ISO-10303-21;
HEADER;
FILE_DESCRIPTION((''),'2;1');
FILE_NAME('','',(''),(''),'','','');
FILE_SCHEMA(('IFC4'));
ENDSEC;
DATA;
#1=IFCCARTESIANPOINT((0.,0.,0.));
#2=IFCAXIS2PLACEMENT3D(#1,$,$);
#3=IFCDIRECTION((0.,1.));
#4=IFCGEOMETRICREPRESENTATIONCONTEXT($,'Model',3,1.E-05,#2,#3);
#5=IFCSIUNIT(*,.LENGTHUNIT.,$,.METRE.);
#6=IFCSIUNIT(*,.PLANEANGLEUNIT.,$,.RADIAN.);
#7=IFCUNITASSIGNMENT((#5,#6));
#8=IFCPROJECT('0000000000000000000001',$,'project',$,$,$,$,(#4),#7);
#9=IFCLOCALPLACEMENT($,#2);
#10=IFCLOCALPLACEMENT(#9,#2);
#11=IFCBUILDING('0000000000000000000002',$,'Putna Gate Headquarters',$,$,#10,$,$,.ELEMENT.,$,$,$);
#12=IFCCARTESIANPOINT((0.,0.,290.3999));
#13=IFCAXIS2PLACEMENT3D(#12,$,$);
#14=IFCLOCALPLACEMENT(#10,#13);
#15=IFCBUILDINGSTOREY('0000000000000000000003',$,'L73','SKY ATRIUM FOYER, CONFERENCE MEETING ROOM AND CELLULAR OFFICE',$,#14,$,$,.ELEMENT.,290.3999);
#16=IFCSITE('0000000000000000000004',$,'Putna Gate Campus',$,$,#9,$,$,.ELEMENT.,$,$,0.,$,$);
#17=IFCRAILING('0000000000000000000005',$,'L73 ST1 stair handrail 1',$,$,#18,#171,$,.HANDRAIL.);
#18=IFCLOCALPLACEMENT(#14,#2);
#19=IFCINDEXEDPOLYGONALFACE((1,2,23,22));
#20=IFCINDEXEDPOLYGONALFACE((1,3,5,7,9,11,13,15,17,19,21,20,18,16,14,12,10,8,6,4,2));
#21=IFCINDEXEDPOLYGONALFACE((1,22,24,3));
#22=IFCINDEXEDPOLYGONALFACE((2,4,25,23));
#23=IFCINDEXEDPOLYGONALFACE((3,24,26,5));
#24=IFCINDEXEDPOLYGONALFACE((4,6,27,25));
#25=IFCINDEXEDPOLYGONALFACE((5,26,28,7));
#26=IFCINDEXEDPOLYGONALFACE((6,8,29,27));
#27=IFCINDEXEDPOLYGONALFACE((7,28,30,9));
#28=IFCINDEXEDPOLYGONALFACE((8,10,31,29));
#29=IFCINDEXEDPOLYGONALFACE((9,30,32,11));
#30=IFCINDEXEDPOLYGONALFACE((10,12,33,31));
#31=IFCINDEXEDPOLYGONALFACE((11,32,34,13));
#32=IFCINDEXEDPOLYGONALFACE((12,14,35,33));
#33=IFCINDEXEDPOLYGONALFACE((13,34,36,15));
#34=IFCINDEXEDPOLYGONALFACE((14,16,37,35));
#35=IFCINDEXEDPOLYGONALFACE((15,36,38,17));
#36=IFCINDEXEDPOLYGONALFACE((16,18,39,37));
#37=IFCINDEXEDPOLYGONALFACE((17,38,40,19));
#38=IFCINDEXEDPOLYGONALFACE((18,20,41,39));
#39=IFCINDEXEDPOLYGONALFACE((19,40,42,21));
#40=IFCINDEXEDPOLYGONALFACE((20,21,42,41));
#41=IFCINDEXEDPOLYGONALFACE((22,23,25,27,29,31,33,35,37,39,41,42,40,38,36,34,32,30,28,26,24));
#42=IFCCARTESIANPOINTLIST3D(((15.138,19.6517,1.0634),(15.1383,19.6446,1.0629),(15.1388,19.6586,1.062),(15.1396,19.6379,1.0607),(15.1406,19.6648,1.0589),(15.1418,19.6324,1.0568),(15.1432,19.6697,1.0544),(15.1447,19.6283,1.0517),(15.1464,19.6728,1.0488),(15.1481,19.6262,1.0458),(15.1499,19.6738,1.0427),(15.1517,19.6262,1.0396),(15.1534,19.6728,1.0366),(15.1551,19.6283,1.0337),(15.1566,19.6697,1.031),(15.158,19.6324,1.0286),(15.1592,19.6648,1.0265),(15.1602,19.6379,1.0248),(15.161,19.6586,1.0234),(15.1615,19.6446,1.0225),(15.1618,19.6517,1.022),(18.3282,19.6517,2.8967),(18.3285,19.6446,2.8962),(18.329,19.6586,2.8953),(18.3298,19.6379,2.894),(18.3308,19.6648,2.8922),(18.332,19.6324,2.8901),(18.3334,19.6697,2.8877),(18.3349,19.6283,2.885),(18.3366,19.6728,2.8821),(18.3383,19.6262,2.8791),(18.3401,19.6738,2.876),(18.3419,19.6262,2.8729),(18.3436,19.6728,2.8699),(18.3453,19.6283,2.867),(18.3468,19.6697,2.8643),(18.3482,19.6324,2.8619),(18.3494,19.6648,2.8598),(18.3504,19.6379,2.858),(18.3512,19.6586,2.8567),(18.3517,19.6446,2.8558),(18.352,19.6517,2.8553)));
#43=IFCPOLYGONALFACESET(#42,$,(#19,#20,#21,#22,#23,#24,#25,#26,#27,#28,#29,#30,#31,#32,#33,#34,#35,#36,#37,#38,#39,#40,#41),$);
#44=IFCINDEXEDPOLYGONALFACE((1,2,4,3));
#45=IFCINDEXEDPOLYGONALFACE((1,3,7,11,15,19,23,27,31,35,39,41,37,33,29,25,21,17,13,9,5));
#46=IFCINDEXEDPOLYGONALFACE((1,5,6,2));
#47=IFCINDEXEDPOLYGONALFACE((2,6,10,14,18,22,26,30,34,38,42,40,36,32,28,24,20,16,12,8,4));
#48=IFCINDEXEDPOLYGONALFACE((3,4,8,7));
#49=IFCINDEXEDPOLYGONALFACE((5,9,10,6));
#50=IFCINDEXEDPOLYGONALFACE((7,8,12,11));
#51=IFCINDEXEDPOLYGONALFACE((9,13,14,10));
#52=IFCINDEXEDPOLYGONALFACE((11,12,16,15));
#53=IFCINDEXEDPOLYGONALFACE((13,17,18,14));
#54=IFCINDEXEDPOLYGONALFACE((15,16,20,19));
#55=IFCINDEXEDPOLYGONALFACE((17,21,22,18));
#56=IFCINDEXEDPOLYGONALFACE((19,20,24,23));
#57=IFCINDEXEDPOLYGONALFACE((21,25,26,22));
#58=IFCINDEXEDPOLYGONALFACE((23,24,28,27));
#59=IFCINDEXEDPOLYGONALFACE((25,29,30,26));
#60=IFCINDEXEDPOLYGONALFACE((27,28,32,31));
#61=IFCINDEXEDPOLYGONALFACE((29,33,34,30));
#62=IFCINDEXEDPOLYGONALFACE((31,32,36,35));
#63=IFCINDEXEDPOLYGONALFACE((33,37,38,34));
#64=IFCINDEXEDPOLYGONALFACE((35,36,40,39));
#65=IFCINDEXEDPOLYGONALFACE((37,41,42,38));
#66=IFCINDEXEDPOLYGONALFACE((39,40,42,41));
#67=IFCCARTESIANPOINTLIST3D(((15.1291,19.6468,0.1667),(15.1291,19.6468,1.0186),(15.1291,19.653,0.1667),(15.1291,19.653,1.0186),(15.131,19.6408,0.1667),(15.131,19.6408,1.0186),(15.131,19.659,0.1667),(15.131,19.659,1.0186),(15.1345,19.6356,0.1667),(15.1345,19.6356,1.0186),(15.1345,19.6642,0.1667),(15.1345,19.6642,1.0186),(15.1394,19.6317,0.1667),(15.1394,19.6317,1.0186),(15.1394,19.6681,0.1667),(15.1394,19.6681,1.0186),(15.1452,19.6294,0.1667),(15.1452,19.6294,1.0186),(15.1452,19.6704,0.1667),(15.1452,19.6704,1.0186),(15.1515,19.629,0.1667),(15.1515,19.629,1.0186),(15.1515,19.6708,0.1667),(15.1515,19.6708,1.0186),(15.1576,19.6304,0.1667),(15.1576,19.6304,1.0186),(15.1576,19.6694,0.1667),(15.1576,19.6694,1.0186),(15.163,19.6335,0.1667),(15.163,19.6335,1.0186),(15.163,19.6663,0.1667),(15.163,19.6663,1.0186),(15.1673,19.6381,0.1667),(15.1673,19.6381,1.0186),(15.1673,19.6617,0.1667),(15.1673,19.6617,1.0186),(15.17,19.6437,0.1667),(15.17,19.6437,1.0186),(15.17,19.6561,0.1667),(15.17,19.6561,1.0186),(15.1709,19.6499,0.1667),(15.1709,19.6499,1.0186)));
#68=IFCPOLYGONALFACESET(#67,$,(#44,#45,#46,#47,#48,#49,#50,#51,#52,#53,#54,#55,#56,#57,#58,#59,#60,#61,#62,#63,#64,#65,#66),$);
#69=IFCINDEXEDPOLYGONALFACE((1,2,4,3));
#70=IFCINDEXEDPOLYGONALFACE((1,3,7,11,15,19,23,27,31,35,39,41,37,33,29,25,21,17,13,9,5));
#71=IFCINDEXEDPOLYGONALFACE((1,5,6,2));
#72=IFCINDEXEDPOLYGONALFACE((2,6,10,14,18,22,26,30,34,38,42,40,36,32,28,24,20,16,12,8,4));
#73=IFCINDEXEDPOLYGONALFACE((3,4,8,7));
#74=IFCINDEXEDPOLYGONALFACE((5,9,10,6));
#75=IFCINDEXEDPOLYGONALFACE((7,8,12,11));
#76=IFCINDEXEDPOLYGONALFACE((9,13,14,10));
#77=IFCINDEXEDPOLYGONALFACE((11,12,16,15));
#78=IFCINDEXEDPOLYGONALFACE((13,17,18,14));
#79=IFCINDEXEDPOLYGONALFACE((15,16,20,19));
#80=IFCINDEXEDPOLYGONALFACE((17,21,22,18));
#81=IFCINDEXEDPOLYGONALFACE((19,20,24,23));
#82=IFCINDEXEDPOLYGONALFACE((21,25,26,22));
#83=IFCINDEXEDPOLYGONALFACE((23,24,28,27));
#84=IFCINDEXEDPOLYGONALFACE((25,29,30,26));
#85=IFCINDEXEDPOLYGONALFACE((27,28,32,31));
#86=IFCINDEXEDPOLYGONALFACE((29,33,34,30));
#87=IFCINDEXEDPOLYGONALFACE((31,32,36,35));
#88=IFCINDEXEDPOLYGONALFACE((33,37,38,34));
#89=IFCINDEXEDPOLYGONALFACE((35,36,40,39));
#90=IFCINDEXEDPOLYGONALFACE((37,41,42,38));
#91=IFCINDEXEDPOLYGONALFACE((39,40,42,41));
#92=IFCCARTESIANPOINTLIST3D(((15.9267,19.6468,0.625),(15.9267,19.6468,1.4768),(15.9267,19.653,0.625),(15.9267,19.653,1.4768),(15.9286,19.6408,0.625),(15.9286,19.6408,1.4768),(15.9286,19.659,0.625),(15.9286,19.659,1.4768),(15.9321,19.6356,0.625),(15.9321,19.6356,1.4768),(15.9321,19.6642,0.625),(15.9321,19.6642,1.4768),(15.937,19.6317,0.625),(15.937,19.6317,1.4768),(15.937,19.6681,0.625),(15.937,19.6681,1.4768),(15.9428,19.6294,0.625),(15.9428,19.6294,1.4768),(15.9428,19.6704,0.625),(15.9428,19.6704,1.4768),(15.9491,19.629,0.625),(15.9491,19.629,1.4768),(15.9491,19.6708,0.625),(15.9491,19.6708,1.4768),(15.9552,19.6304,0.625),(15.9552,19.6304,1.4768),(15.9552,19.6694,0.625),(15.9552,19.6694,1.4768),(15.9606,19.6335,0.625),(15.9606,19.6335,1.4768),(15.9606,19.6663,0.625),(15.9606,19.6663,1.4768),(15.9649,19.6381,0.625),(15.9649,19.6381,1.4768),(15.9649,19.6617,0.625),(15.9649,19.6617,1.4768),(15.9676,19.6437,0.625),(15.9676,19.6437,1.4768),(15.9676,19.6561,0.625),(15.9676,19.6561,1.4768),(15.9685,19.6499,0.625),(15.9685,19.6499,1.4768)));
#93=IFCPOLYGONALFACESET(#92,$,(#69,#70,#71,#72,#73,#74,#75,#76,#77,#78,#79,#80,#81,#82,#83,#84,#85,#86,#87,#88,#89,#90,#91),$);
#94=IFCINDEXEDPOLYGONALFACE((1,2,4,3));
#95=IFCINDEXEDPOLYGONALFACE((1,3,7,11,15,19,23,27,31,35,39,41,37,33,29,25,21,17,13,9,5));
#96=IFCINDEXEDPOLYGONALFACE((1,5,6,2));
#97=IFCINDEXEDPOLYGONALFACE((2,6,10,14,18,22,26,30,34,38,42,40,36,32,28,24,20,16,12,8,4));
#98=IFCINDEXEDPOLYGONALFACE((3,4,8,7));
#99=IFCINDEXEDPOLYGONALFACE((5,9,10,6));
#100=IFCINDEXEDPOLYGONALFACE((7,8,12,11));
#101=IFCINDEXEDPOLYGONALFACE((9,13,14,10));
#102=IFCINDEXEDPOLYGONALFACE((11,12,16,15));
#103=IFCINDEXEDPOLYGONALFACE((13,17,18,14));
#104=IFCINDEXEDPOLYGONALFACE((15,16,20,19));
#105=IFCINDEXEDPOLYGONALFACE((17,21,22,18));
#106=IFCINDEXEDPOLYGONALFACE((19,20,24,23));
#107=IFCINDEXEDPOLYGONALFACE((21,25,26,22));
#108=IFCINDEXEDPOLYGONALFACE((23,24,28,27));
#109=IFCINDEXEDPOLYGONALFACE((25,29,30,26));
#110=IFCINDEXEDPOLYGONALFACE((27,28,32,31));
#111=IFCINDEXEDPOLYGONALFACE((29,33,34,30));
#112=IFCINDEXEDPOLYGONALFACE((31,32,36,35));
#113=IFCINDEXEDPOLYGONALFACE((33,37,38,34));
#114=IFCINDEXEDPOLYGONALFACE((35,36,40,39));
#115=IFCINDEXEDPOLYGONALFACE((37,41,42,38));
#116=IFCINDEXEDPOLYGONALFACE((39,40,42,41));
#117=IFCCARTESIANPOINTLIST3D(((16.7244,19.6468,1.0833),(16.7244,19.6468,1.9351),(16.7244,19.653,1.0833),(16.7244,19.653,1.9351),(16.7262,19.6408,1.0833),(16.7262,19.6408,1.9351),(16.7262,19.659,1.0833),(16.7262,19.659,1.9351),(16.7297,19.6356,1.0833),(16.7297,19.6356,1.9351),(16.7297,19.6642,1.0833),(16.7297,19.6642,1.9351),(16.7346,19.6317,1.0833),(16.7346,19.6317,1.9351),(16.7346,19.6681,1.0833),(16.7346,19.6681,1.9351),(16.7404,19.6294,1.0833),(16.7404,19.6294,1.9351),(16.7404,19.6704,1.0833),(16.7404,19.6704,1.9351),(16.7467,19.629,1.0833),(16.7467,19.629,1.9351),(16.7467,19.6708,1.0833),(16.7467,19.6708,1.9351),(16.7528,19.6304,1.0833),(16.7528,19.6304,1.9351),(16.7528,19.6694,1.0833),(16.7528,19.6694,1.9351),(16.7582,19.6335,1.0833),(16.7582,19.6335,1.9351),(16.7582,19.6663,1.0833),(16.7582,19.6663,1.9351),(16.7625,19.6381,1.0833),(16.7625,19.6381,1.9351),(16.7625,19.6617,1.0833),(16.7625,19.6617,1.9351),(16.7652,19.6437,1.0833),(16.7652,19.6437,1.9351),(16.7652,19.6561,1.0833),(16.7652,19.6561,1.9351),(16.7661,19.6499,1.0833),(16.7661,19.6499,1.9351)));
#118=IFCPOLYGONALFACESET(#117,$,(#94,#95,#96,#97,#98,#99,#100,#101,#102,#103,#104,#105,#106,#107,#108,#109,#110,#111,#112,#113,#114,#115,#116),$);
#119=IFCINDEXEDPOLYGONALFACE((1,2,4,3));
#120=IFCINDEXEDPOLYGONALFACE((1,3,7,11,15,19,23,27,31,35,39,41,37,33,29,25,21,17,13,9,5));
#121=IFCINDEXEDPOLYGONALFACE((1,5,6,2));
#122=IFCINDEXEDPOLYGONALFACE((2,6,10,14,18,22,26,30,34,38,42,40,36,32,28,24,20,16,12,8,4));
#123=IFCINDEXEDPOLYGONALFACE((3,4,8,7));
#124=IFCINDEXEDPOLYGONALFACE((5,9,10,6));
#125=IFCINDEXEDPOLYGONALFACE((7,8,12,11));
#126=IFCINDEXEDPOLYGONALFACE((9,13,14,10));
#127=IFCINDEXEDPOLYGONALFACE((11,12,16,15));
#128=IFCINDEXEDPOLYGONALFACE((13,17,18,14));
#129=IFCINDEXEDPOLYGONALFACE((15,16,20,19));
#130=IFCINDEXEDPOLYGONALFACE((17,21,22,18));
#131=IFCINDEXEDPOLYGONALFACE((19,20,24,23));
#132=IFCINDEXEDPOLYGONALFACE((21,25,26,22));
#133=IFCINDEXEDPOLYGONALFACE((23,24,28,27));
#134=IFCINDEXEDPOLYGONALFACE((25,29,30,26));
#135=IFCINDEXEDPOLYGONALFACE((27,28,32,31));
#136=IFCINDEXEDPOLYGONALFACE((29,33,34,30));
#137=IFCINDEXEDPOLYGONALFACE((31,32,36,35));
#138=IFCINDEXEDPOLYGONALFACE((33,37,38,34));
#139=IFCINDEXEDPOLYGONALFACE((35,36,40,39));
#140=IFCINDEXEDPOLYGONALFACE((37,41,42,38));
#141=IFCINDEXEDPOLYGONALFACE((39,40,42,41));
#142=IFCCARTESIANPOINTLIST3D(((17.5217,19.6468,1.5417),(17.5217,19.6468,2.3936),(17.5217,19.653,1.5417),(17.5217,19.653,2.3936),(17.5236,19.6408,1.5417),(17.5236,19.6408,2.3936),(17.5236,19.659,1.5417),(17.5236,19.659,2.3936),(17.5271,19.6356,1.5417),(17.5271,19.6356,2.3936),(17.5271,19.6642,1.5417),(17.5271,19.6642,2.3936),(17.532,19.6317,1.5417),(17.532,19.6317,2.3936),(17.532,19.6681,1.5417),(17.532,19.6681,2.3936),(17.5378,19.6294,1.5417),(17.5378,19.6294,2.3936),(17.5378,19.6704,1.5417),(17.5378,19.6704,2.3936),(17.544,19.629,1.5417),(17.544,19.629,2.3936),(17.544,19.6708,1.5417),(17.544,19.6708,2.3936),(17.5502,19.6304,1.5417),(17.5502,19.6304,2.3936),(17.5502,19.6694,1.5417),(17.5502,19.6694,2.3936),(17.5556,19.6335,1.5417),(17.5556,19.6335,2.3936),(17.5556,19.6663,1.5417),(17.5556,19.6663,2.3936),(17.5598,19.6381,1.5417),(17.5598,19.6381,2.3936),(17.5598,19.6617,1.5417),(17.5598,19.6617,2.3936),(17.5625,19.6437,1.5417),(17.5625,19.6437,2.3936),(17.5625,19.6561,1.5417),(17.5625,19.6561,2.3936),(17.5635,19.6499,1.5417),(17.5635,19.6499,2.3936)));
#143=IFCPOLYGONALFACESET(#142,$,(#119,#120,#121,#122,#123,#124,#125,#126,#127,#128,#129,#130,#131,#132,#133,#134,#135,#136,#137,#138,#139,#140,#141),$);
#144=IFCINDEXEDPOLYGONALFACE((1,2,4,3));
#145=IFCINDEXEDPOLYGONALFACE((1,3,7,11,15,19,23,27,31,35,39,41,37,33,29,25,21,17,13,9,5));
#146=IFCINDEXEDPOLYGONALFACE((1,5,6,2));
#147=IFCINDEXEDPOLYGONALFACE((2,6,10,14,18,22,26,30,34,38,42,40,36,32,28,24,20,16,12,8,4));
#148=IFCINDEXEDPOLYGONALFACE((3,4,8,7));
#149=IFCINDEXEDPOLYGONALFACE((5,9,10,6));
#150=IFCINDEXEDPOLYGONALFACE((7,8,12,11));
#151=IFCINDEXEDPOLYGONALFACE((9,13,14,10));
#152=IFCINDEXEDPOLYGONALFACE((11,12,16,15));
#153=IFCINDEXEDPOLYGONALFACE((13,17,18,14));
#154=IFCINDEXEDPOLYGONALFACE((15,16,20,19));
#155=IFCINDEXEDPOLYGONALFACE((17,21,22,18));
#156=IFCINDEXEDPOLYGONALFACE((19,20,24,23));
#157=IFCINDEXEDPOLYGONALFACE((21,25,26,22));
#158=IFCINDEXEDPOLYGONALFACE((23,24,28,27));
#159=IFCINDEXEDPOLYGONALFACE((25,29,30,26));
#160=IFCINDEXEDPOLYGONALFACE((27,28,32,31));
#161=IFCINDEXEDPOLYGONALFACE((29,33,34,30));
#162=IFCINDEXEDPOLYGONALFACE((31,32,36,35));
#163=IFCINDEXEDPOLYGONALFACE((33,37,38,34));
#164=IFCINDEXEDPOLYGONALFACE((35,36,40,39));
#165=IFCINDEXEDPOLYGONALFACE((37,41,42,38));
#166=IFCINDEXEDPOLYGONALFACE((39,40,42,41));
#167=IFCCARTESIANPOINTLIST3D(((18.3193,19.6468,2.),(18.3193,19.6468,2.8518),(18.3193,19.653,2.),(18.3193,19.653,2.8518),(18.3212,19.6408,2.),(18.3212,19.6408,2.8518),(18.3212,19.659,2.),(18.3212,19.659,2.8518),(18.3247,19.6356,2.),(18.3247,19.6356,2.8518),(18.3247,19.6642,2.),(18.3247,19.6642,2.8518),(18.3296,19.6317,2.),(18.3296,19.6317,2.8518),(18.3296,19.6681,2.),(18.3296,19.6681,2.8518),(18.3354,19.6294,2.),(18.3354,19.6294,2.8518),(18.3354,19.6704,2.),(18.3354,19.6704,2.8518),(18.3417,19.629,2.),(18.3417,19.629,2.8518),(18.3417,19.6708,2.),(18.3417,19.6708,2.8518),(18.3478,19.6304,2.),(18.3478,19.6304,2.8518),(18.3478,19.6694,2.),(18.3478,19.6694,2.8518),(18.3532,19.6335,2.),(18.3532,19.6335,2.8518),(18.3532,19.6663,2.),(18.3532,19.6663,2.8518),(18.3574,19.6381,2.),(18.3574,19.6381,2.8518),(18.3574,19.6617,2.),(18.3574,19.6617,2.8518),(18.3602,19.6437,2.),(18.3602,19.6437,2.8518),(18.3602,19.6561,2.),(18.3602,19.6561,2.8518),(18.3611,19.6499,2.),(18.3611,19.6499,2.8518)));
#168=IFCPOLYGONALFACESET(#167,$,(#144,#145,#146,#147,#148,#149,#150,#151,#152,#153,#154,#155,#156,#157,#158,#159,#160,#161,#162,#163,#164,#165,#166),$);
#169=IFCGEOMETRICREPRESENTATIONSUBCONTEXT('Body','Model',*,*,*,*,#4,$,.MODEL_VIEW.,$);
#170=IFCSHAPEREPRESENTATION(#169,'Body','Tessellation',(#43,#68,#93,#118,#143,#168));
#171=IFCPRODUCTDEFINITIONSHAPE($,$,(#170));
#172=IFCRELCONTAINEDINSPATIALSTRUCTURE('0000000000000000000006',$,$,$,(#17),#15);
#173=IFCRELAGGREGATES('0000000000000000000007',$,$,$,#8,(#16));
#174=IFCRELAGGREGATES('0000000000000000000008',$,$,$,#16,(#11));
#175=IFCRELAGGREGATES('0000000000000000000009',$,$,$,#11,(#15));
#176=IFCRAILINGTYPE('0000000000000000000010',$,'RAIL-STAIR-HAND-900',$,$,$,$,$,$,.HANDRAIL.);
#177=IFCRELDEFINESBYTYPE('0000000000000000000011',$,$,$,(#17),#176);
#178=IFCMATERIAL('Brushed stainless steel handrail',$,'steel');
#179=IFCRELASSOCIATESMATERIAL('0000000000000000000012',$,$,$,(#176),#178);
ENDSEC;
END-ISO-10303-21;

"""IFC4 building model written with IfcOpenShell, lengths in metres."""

from ifc_helpers import new_model, si_unit, direction, frame, origin, origin_2d, place, context, subcontext, project, spatial, circle, extrude, material, type_object, element, save


model = new_model("IFC4")

# Units and contexts
model_context = context("Model", 3, precision=1e-05, world=origin(), true_north=direction((0.0, 1.0)))
body_context = subcontext(model_context, "Body", "Model", "MODEL_VIEW")
ifc_project = project(units=[si_unit("LENGTHUNIT", "METRE"), si_unit("PLANEANGLEUNIT", "RADIAN")], contexts=[model_context])

# Site, building, storey
site_placement = place(None, origin())
site = spatial("IfcSite", under=ifc_project, at=site_placement, Name="Putna Gate Campus", CompositionType="ELEMENT", RefElevation=0.0)
building_placement = place(site_placement, origin())
building = spatial("IfcBuilding", under=site, at=building_placement, Name="Putna Gate Headquarters", CompositionType="ELEMENT")
storey_placement = place(building_placement, frame((0.0, 0.0, 290.3999)))
storey = spatial("IfcBuildingStorey", under=building, at=storey_placement, Name="L73", Description="SKY ATRIUM FOYER, CONFERENCE MEETING ROOM AND CELLULAR OFFICE", CompositionType="ELEMENT", Elevation=290.3999)

# Railing
ifc_material_1 = material(Name="Brushed stainless steel handrail", Category="steel")
railing_type_1 = type_object("IfcRailingType", Name="RAIL-STAIR-HAND-900", PredefinedType="HANDRAIL", material=ifc_material_1)
railing_1_placement = place(storey_placement, frame((15.1499, 19.6499, 0.1667)))
element("IfcRailing", 1, at=railing_1_placement, inside=storey, type_object=railing_type_1, Name="L73 ST1 stair handrail 1", PredefinedType="HANDRAIL", context=body_context, shape_type="SweptSolid", body=[
    extrude(circle(Radius=0.0239, at=origin_2d()), frame((0.0, 0.0, 0.876), z_axis=(0.867036, 0.0, 0.498245), x_axis=(0.0, 1.0, 0.0)), (0.0, 0.0, 1.0), 3.6794),
    extrude(circle(Radius=0.021, at=origin_2d()), origin(), (0.0, 0.0, 1.0), 0.8518),
    extrude(circle(Radius=0.021, at=origin_2d()), frame((0.7976, 0.0, 0.4583)), (0.0, 0.0, 1.0), 0.8518),
    extrude(circle(Radius=0.021, at=origin_2d()), frame((1.5952, 0.0, 0.9165)), (0.0, 0.0, 1.0), 0.8518),
    extrude(circle(Radius=0.021, at=origin_2d()), frame((2.3926, 0.0, 1.375)), (0.0, 0.0, 1.0), 0.8518),
    extrude(circle(Radius=0.021, at=origin_2d()), frame((3.1902, 0.0, 1.8333)), (0.0, 0.0, 1.0), 0.8518),
])

save(model, "model.ifc")
